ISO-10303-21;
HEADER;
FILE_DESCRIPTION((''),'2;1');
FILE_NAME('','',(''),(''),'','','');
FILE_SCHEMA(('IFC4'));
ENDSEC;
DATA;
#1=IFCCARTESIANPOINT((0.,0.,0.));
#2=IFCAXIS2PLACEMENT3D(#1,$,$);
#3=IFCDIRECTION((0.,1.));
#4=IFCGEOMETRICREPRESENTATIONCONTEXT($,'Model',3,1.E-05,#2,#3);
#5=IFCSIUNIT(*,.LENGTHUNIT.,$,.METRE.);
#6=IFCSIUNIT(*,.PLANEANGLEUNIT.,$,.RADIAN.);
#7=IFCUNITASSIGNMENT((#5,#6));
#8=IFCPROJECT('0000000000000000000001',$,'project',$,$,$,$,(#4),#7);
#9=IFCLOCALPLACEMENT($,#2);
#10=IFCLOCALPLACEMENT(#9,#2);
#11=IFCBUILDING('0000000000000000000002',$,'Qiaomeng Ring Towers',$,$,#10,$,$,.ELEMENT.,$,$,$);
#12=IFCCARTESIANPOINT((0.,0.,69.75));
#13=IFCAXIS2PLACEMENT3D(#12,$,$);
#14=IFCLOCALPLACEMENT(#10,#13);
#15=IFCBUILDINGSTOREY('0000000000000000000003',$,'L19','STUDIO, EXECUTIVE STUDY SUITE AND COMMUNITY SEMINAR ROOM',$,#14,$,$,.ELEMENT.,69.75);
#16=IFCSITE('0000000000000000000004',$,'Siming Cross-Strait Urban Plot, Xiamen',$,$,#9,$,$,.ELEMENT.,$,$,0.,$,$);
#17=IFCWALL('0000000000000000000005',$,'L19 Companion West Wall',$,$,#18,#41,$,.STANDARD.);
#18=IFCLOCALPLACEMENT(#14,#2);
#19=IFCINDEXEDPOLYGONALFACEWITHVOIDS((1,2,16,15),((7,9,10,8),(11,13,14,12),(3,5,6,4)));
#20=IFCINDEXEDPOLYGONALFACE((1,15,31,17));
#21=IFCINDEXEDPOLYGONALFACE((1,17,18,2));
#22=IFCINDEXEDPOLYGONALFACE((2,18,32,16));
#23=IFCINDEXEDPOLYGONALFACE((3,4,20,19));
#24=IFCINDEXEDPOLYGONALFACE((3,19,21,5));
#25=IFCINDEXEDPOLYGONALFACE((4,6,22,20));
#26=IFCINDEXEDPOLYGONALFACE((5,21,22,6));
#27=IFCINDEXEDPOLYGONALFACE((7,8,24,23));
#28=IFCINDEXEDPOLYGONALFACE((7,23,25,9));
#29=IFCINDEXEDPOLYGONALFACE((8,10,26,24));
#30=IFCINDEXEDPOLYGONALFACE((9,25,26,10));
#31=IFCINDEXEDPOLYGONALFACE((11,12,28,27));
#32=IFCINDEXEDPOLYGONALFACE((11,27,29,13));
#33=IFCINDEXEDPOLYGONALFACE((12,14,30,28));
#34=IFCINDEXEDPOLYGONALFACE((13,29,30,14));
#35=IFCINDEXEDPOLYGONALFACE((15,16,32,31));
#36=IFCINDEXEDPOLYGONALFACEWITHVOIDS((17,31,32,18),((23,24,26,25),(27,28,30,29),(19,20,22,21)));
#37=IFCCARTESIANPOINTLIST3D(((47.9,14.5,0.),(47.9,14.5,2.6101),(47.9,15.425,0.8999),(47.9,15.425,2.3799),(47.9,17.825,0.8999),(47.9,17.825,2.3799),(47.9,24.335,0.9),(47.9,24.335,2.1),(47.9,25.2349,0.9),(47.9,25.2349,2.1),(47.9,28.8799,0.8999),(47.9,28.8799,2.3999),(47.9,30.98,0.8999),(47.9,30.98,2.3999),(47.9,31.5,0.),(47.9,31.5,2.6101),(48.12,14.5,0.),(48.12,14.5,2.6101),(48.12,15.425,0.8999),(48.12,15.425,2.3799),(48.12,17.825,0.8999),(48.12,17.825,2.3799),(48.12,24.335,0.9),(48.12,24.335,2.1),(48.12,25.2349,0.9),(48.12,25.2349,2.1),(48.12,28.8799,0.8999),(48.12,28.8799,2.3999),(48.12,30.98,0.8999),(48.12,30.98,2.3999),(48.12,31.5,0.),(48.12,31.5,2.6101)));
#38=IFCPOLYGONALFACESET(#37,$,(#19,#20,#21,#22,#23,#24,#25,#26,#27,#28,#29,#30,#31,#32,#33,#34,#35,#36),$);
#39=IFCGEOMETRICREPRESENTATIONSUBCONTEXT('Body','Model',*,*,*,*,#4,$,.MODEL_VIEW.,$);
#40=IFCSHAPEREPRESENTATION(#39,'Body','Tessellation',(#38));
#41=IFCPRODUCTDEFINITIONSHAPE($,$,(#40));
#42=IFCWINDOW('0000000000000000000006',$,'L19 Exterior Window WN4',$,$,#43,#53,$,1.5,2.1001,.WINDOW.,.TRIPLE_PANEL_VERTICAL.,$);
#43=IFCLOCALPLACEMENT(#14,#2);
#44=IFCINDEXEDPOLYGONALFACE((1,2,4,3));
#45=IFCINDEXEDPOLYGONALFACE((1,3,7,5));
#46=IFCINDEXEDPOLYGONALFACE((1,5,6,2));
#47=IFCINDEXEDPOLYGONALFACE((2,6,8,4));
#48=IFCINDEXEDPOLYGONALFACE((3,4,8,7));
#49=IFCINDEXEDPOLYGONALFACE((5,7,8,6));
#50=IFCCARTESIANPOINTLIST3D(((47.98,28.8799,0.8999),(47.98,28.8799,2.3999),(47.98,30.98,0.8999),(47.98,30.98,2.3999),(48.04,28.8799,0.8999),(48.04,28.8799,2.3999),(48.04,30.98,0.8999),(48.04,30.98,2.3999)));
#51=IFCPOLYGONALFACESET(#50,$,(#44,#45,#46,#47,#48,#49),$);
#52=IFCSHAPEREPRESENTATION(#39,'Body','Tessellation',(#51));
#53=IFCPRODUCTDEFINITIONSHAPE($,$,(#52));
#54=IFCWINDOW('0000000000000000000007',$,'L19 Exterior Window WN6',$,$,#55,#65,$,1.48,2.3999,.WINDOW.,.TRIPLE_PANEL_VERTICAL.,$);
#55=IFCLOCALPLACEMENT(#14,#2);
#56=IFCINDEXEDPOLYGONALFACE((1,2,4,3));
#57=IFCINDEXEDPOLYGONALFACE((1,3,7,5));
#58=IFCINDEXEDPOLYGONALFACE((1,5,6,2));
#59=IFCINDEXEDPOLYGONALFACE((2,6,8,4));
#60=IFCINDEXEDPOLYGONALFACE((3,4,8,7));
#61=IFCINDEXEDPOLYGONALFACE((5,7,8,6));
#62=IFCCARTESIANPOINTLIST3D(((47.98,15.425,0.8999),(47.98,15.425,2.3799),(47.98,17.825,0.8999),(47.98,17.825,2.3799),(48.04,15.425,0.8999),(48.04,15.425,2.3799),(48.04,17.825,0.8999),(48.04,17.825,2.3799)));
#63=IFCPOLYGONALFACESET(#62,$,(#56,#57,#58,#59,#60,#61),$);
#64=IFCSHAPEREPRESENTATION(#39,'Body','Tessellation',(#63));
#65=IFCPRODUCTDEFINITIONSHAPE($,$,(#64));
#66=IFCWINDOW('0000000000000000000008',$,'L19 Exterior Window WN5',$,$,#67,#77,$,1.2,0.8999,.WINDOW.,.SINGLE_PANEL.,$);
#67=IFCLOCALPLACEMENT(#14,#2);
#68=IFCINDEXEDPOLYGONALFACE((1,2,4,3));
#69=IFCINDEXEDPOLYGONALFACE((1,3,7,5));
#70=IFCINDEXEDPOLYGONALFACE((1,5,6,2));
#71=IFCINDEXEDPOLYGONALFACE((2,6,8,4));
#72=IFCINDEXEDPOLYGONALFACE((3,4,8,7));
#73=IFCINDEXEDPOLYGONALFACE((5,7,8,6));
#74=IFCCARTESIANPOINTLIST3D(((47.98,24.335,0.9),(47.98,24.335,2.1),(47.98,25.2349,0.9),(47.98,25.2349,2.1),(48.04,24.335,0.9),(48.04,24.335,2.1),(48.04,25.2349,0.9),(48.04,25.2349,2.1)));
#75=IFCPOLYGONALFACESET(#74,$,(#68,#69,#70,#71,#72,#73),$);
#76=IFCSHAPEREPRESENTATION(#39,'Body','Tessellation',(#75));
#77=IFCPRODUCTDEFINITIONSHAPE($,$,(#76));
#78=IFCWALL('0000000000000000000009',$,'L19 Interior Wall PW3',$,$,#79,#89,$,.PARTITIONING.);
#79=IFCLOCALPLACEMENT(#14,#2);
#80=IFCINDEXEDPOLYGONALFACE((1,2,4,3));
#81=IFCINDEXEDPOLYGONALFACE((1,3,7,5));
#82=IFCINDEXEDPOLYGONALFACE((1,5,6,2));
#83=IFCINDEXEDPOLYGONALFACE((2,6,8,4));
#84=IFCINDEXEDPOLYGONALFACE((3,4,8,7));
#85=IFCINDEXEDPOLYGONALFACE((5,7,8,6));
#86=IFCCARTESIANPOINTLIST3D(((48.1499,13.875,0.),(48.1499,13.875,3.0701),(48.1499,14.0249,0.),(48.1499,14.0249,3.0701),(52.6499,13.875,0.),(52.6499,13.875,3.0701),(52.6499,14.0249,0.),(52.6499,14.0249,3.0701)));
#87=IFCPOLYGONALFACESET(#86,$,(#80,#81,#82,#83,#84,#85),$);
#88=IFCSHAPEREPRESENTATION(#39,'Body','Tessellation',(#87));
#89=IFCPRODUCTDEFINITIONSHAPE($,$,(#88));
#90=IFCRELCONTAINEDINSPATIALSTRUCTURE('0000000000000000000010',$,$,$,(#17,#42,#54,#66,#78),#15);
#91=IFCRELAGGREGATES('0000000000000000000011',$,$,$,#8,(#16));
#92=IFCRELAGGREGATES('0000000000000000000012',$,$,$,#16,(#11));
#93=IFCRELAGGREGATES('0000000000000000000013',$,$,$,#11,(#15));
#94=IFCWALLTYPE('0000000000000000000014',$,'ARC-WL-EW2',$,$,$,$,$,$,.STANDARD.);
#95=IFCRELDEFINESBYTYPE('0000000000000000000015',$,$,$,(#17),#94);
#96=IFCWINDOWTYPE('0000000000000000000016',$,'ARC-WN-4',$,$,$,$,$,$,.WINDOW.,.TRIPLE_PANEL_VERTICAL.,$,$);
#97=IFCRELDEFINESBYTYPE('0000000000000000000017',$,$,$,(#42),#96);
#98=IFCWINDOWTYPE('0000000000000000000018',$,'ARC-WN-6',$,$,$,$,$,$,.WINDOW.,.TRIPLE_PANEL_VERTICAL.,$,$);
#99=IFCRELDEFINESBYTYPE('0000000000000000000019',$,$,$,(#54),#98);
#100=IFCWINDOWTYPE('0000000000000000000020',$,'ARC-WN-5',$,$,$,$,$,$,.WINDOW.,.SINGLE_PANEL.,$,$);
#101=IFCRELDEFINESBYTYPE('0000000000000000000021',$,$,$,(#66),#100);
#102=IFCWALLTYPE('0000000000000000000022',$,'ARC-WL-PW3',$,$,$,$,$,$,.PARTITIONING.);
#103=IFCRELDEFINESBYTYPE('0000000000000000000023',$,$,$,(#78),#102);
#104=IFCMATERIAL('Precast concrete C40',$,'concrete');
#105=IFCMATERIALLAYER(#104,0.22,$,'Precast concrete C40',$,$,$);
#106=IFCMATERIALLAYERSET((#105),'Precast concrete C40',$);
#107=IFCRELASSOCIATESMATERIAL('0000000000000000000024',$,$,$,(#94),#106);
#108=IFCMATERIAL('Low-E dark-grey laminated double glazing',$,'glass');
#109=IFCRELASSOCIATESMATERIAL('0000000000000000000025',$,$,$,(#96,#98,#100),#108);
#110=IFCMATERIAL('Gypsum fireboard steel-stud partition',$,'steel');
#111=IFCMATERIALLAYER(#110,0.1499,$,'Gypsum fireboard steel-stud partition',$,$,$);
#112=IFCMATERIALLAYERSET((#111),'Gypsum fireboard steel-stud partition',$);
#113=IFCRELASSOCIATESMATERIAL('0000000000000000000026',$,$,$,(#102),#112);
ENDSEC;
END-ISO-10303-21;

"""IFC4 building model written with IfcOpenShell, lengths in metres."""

from ifc_helpers import new_model, si_unit, direction, frame, frame_2d, origin, place, context, subcontext, project, spatial, rectangle, extrude, source, transform, mapped, material, layer, layer_set, type_object, element, fill, save


model = new_model("IFC4")

# Units and contexts
model_context = context("Model", 3, precision=1e-05, world=origin(), true_north=direction((0.0, 1.0)))
body_context = subcontext(model_context, "Body", "Model", "MODEL_VIEW")
ifc_project = project(units=[si_unit("LENGTHUNIT", "METRE"), si_unit("PLANEANGLEUNIT", "RADIAN")], contexts=[model_context])

# Site, building, storey
site_placement = place(None, origin())
site = spatial("IfcSite", under=ifc_project, at=site_placement, Name="Siming Cross-Strait Urban Plot, Xiamen", CompositionType="ELEMENT", RefElevation=0.0)
building_placement = place(site_placement, origin())
building = spatial("IfcBuilding", under=site, at=building_placement, Name="Qiaomeng Ring Towers", CompositionType="ELEMENT")
storey_placement = place(building_placement, frame((0.0, 0.0, 69.75)))
storey = spatial("IfcBuildingStorey", under=building, at=storey_placement, Name="L19", Description="STUDIO, EXECUTIVE STUDY SUITE AND COMMUNITY SEMINAR ROOM", CompositionType="ELEMENT", Elevation=69.75)

# Wall, openings, windows
ifc_material_1 = material(Name="Precast concrete C40", Category="concrete")
ifc_layer_1 = layer(ifc_material_1, 0.22, Name="Precast concrete C40")
ifc_layer_set_1 = layer_set([ifc_layer_1], Name="Precast concrete C40")
wall_type_1 = type_object("IfcWallType", Name="ARC-WL-EW2", PredefinedType="STANDARD", material=ifc_layer_set_1)
wall_1_placement = place(storey_placement, frame((48.01, 14.5, 0.0), z_axis=(0.0, 0.0, 1.0), x_axis=(0.0, 1.0, 0.0)))
wall_1 = element("IfcWall", 1, at=wall_1_placement, inside=storey, type_object=wall_type_1, Name="L19 Companion West Wall", PredefinedType="STANDARD", context=body_context, shape_type="SweptSolid", body=[
    extrude(rectangle(XDim=17.0, YDim=0.22, at=frame_2d((8.5, 0.0))), origin(), (0.0, 0.0, 1.0), 2.6101),
])
opening_1_placement = place(wall_1_placement, frame((0.925, 0.0, 0.8999)))
opening_1 = element("IfcOpeningElement", 2, at=opening_1_placement, cuts=wall_1, PredefinedType="OPENING", context=body_context, shape_type="SweptSolid", body=[
    extrude(rectangle(XDim=2.3999, YDim=1.48, at=frame_2d((1.2, 0.74))), frame((0.0, 0.1199, 0.0), z_axis=(0.0, -1.0, 0.0), x_axis=(1.0, 0.0, 0.0)), (0.0, 0.0, 1.0), 0.24),
])
opening_2_placement = place(wall_1_placement, frame((14.3799, 0.0, 0.8999)))
opening_2 = element("IfcOpeningElement", 3, at=opening_2_placement, cuts=wall_1, PredefinedType="OPENING", context=body_context, shape_type="SweptSolid", body=[
    extrude(rectangle(XDim=2.1001, YDim=1.5, at=frame_2d((1.05, 0.75))), frame((0.0, 0.1199, 0.0), z_axis=(0.0, -1.0, 0.0), x_axis=(1.0, 0.0, 0.0)), (0.0, 0.0, 1.0), 0.24),
])
opening_3_placement = place(wall_1_placement, frame((9.835, 0.0, 0.8999)))
opening_3 = element("IfcOpeningElement", 4, at=opening_3_placement, cuts=wall_1, PredefinedType="OPENING", context=body_context, shape_type="SweptSolid", body=[
    extrude(rectangle(XDim=0.8999, YDim=1.2, at=frame_2d((0.45, 0.6001))), frame((0.0, 0.1199, 0.0), z_axis=(0.0, -1.0, 0.0), x_axis=(1.0, 0.0, 0.0)), (0.0, 0.0, 1.0), 0.24),
])
ifc_material_2 = material(Name="Low-E dark-grey laminated double glazing", Category="glass")
window_type_1 = type_object("IfcWindowType", Name="ARC-WN-4", PartitioningType="TRIPLE_PANEL_VERTICAL", PredefinedType="WINDOW", material=ifc_material_2)
shared_shape_1 = source(origin(), body_context, "Body", "SweptSolid", [
    extrude(rectangle(XDim=2.1001, YDim=1.5, at=frame_2d((1.05, 0.75))), frame((0.0, 0.03, 0.0), z_axis=(0.0, -1.0, 0.0), x_axis=(1.0, 0.0, 0.0)), (0.0, 0.0, 1.0), 0.0601),
])
window_1_placement = place(opening_2_placement, origin())
window_1 = element("IfcWindow", 5, at=window_1_placement, inside=storey, type_object=window_type_1, Name="L19 Exterior Window WN4", OverallHeight=1.5, OverallWidth=2.1001, PartitioningType="TRIPLE_PANEL_VERTICAL", PredefinedType="WINDOW", context=body_context, shape_type="MappedRepresentation", body=[
    mapped(shared_shape_1, transform((0.0, 0.0, 0.0), x_axis=(1.0, 0.0, 0.0), y_axis=(0.0, 1.0, 0.0), z_axis=(0.0, 0.0, 1.0), scale=1.0)),
])
fill(opening_2, window_1)
window_type_2 = type_object("IfcWindowType", Name="ARC-WN-6", PartitioningType="TRIPLE_PANEL_VERTICAL", PredefinedType="WINDOW", material=ifc_material_2)
shared_shape_2 = source(origin(), body_context, "Body", "SweptSolid", [
    extrude(rectangle(XDim=2.3999, YDim=1.48, at=frame_2d((1.2, 0.74))), frame((0.0, 0.03, 0.0), z_axis=(0.0, -1.0, 0.0), x_axis=(1.0, 0.0, 0.0)), (0.0, 0.0, 1.0), 0.0601),
])
window_2_placement = place(opening_1_placement, origin())
window_2 = element("IfcWindow", 6, at=window_2_placement, inside=storey, type_object=window_type_2, Name="L19 Exterior Window WN6", OverallHeight=1.48, OverallWidth=2.3999, PartitioningType="TRIPLE_PANEL_VERTICAL", PredefinedType="WINDOW", context=body_context, shape_type="MappedRepresentation", body=[
    mapped(shared_shape_2, transform((0.0, 0.0, 0.0), x_axis=(1.0, 0.0, 0.0), y_axis=(0.0, 1.0, 0.0), z_axis=(0.0, 0.0, 1.0), scale=1.0)),
])
fill(opening_1, window_2)
window_type_3 = type_object("IfcWindowType", Name="ARC-WN-5", PartitioningType="SINGLE_PANEL", PredefinedType="WINDOW", material=ifc_material_2)
shared_shape_3 = source(origin(), body_context, "Body", "SweptSolid", [
    extrude(rectangle(XDim=0.8999, YDim=1.2, at=frame_2d((0.45, 0.6001))), frame((0.0, 0.03, 0.0), z_axis=(0.0, -1.0, 0.0), x_axis=(1.0, 0.0, 0.0)), (0.0, 0.0, 1.0), 0.0601),
])
window_3_placement = place(opening_3_placement, origin())
window_3 = element("IfcWindow", 7, at=window_3_placement, inside=storey, type_object=window_type_3, Name="L19 Exterior Window WN5", OverallHeight=1.2, OverallWidth=0.8999, PartitioningType="SINGLE_PANEL", PredefinedType="WINDOW", context=body_context, shape_type="MappedRepresentation", body=[
    mapped(shared_shape_3, transform((0.0, 0.0, 0.0), x_axis=(1.0, 0.0, 0.0), y_axis=(0.0, 1.0, 0.0), z_axis=(0.0, 0.0, 1.0), scale=1.0)),
])
fill(opening_3, window_3)

# Wall
ifc_material_3 = material(Name="Gypsum fireboard steel-stud partition", Category="steel")
ifc_layer_2 = layer(ifc_material_3, 0.1499, Name="Gypsum fireboard steel-stud partition")
ifc_layer_set_2 = layer_set([ifc_layer_2], Name="Gypsum fireboard steel-stud partition")
wall_type_2 = type_object("IfcWallType", Name="ARC-WL-PW3", PredefinedType="PARTITIONING", material=ifc_layer_set_2)
wall_2_placement = place(storey_placement, frame((48.1499, 13.95, 0.0), z_axis=(0.0, 0.0, 1.0), x_axis=(1.0, 0.0, 0.0)))
element("IfcWall", 8, at=wall_2_placement, inside=storey, type_object=wall_type_2, Name="L19 Interior Wall PW3", PredefinedType="PARTITIONING", context=body_context, shape_type="SweptSolid", body=[
    extrude(rectangle(XDim=4.5, YDim=0.1499, at=frame_2d((2.25, 0.0))), origin(), (0.0, 0.0, 1.0), 3.0701),
])

save(model, "model.ifc")
